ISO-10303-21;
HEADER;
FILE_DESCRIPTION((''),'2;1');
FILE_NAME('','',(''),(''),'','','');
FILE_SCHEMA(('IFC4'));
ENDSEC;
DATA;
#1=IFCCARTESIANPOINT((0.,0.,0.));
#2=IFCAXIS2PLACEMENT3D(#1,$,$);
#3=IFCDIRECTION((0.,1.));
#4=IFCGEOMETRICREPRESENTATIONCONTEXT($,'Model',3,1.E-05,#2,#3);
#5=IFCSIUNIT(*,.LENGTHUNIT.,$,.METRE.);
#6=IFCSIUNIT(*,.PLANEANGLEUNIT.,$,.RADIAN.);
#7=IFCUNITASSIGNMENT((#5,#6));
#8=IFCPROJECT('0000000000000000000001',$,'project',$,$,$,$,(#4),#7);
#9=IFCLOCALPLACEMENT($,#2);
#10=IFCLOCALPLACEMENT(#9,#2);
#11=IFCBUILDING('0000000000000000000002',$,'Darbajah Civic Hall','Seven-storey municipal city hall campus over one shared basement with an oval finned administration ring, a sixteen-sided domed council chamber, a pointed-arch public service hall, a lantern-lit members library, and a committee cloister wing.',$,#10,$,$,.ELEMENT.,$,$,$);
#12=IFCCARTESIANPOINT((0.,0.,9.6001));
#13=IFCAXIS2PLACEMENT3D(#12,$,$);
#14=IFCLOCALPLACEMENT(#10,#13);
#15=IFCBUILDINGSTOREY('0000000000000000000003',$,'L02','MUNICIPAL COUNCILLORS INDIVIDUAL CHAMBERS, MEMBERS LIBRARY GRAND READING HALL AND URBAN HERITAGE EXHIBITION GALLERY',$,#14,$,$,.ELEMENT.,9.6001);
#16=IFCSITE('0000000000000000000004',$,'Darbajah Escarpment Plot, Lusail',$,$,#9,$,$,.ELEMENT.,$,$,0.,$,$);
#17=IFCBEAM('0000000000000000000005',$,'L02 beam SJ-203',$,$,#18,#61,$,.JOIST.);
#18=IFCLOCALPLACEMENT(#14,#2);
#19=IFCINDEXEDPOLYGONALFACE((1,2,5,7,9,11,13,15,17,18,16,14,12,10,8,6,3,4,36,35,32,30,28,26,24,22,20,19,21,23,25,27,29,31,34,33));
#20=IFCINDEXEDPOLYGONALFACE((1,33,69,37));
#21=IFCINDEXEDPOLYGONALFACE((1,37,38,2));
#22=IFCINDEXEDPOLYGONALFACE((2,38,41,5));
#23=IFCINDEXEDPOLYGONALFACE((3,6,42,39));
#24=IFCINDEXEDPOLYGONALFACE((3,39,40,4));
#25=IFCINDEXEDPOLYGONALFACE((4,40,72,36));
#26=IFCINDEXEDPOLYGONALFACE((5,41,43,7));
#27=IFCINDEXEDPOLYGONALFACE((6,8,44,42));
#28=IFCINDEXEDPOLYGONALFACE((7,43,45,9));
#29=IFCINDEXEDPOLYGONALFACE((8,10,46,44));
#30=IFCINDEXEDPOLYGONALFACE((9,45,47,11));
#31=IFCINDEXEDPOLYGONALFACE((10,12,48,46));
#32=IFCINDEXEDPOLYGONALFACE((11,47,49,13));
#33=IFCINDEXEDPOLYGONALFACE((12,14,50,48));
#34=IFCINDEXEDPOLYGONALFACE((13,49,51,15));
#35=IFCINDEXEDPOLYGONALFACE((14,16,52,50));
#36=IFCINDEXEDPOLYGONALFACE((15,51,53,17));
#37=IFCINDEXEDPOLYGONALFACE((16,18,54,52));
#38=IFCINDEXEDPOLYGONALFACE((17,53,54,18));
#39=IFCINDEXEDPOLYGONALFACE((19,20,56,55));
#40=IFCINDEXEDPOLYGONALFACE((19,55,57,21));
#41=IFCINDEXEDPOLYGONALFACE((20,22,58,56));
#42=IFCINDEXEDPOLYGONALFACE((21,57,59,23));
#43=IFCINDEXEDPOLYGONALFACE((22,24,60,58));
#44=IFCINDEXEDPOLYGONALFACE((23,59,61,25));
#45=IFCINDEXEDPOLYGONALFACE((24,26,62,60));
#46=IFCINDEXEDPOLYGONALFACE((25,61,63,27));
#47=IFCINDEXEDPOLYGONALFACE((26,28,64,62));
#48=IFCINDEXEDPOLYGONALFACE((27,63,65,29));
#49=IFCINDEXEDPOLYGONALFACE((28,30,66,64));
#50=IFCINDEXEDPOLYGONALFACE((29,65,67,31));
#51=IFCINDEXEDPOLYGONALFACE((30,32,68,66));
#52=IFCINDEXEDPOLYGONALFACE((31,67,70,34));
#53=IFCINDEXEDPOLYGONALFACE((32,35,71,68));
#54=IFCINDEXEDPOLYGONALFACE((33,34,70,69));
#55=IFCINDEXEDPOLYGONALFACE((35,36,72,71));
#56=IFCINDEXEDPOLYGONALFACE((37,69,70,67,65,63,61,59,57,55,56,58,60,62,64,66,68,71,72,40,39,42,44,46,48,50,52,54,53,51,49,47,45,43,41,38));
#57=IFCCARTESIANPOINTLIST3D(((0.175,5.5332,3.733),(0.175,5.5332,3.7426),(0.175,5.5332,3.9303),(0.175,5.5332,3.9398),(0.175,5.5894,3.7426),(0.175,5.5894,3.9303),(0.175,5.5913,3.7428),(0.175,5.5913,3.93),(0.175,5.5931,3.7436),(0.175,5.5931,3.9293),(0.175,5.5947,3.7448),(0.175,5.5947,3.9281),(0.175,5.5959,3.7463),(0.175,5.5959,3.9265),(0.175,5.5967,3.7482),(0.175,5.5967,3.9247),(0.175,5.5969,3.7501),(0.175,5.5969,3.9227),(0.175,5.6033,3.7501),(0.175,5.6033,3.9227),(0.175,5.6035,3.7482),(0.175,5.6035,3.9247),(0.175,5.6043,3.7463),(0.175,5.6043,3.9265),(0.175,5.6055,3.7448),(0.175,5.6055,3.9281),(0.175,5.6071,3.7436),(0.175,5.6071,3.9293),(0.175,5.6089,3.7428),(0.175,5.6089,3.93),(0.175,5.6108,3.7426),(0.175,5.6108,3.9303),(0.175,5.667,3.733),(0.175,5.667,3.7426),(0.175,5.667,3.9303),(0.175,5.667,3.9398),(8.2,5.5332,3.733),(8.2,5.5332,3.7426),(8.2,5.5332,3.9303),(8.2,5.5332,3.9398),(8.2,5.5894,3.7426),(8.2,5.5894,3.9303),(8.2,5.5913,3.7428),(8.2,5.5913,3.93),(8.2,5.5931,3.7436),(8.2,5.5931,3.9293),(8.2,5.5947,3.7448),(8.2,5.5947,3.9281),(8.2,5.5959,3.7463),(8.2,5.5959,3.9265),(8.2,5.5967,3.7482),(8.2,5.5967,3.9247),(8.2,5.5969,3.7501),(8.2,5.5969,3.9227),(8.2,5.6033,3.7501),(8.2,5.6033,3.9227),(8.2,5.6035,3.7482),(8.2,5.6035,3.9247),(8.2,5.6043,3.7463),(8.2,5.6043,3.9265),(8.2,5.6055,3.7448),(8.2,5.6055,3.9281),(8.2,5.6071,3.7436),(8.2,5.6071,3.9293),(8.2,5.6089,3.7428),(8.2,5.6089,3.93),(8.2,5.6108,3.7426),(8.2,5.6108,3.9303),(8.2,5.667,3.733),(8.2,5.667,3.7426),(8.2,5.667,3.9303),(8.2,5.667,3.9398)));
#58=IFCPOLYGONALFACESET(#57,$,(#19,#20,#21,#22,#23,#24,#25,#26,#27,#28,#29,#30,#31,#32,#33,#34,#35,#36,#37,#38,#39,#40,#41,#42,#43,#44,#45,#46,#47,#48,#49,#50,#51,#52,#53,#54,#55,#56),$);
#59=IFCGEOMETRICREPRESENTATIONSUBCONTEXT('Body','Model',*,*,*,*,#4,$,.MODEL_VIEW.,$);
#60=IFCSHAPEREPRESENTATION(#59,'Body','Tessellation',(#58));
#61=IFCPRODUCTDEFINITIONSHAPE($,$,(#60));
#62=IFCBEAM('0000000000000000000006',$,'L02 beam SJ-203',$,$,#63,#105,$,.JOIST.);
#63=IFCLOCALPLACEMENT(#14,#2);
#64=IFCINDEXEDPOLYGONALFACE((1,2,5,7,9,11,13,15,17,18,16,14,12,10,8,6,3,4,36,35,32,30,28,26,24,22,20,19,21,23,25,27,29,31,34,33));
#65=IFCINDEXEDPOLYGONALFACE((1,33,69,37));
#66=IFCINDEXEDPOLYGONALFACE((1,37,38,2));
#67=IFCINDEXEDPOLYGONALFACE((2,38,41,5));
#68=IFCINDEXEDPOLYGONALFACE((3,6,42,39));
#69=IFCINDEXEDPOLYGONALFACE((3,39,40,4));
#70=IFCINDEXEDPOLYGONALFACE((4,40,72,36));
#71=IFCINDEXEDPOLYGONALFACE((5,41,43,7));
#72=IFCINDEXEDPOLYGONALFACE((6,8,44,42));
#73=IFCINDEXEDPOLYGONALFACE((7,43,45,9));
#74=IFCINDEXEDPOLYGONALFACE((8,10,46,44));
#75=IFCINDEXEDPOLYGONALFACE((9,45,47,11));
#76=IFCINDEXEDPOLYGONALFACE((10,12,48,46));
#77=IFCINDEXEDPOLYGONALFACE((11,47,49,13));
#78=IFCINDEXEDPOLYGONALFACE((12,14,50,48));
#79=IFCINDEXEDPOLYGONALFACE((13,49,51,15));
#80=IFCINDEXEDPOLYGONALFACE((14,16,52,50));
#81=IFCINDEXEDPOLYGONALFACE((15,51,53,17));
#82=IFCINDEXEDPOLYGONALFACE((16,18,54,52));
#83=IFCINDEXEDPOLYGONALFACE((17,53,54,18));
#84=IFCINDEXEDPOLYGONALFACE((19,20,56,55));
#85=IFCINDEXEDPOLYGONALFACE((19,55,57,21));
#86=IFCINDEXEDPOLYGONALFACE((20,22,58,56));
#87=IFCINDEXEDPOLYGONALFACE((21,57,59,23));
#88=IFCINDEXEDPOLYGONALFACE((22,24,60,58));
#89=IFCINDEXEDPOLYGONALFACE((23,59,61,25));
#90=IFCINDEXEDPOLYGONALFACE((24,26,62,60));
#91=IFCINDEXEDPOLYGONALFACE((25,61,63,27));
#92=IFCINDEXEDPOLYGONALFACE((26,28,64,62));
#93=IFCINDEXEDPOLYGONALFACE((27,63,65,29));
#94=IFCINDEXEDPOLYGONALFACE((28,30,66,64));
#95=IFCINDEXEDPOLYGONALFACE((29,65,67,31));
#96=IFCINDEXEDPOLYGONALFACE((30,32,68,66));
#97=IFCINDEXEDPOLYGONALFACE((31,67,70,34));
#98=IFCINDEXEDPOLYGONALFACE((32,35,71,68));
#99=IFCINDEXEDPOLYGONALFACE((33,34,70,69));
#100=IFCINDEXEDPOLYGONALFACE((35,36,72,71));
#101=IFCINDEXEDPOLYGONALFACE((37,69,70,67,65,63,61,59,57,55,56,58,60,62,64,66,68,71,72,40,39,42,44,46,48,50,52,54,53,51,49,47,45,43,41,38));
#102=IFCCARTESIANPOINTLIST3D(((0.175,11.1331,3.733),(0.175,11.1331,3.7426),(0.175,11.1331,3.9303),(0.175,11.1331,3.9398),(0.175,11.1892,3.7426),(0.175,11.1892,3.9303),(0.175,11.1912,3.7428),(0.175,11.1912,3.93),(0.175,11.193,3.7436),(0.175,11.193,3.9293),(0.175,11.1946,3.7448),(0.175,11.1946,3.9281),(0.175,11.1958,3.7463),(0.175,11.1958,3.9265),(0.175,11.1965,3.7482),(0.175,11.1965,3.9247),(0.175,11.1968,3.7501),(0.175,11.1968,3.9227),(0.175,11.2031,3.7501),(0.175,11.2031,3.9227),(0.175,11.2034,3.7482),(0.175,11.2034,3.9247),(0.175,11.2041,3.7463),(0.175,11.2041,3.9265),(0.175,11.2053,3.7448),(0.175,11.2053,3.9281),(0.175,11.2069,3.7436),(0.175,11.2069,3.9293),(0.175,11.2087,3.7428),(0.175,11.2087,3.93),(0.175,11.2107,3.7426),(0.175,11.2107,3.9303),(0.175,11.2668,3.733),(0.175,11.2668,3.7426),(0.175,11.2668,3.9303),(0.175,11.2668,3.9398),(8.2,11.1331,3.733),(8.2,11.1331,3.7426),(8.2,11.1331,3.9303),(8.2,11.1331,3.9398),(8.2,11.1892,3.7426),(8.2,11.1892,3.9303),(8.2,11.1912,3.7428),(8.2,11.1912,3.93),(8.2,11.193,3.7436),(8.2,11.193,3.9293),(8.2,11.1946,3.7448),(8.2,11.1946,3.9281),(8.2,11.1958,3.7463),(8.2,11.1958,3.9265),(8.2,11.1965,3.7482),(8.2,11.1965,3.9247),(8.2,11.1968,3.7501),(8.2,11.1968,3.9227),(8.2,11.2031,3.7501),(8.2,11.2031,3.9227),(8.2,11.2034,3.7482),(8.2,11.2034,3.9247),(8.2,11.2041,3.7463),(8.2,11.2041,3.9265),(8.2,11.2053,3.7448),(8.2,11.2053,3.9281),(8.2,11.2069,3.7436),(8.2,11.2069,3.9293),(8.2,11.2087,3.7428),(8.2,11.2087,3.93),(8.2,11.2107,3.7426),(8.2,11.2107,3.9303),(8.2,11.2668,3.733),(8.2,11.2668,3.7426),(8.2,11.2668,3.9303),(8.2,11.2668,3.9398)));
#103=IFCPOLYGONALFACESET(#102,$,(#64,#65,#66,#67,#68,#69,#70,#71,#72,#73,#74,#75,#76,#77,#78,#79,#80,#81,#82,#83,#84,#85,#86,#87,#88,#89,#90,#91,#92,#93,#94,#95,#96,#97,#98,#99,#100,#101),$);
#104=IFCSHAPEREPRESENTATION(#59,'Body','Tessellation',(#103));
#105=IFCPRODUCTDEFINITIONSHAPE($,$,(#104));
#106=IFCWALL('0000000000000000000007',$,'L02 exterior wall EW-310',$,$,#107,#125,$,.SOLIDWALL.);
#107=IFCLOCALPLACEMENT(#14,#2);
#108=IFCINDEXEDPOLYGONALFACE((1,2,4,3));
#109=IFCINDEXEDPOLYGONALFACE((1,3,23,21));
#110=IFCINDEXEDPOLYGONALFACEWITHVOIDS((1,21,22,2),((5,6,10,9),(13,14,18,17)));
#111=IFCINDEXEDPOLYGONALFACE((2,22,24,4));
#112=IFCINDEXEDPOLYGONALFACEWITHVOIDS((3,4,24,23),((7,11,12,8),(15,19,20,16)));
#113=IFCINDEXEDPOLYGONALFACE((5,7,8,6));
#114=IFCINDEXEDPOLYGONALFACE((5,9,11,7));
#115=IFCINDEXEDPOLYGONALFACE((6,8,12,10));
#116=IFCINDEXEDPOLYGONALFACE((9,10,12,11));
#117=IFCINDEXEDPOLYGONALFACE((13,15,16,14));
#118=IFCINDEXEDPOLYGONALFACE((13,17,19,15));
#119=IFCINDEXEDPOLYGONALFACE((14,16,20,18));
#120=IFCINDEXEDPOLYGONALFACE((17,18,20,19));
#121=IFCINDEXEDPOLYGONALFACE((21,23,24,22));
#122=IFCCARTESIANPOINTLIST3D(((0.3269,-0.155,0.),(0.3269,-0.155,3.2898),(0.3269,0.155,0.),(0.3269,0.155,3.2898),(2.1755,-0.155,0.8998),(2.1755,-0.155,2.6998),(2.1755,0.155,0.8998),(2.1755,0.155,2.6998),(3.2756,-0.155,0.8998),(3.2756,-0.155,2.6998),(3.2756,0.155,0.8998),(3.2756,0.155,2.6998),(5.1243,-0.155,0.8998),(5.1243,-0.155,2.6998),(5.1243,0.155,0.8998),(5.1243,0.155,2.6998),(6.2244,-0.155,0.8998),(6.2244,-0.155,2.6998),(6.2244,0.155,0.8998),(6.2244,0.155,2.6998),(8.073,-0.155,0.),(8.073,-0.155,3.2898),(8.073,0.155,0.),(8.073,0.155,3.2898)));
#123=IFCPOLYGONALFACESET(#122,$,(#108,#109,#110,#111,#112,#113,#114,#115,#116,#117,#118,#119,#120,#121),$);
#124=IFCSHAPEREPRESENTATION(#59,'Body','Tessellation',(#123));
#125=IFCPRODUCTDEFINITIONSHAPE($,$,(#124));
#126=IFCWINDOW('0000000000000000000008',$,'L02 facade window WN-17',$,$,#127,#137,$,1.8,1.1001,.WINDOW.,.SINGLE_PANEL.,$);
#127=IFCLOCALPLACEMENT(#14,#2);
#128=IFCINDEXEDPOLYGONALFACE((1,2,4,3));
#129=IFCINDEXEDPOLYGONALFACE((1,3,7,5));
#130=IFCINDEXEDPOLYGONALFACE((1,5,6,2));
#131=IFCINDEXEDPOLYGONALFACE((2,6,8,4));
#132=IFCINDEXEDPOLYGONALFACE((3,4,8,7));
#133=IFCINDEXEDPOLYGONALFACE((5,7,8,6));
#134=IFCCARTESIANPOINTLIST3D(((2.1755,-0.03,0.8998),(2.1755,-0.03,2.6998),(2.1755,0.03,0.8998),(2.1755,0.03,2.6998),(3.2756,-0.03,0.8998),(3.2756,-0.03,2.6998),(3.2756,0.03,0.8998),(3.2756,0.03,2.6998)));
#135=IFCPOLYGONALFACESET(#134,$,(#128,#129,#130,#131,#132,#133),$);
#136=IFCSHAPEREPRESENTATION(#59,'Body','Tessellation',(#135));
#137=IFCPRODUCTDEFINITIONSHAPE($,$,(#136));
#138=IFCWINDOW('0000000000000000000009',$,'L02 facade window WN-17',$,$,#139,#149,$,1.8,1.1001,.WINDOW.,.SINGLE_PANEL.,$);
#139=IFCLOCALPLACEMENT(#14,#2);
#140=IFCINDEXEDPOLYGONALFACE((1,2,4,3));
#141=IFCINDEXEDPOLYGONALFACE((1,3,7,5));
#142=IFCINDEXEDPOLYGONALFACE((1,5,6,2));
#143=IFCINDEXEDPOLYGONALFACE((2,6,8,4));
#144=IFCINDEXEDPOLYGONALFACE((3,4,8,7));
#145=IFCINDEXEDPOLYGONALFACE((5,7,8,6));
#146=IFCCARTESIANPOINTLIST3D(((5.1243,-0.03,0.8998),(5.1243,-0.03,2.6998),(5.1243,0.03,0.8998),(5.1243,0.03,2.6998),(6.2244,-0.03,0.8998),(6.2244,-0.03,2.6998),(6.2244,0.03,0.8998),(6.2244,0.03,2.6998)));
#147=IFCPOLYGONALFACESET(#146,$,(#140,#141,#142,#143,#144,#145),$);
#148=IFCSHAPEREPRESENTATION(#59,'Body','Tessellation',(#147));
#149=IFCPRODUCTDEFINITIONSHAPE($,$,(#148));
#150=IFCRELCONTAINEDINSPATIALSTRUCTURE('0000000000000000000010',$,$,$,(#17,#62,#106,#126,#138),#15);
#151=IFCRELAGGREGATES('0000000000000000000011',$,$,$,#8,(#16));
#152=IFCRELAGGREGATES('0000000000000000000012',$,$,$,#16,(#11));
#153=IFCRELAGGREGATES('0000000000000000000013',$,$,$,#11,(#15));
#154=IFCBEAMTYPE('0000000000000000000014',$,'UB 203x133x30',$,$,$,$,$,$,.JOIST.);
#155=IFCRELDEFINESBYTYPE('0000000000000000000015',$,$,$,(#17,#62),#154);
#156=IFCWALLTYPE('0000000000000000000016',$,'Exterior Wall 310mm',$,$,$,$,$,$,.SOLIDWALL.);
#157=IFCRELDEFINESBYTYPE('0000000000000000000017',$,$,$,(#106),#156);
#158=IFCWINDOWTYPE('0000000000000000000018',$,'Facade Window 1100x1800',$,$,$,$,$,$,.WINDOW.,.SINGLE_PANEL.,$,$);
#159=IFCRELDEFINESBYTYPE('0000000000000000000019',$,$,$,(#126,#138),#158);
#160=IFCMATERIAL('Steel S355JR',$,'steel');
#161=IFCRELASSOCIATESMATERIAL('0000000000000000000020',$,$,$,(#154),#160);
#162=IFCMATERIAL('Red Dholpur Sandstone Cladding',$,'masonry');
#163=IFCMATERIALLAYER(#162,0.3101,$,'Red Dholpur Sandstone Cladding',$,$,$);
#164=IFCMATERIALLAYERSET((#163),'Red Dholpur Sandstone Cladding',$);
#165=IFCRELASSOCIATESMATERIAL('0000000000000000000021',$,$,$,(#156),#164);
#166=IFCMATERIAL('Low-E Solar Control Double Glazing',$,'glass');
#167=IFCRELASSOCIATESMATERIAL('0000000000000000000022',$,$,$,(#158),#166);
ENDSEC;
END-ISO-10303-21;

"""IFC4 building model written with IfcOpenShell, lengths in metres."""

from ifc_helpers import new_model, si_unit, direction, frame, frame_2d, origin, origin_2d, place, context, subcontext, project, spatial, rectangle, i_section, extrude, material, layer, layer_set, material_profile, profile_set, type_object, element, fill, save


model = new_model("IFC4")

# Units and contexts
model_context = context("Model", 3, precision=1e-05, world=origin(), true_north=direction((0.0, 1.0)))
body_context = subcontext(model_context, "Body", "Model", "MODEL_VIEW")
ifc_project = project(units=[si_unit("LENGTHUNIT", "METRE"), si_unit("PLANEANGLEUNIT", "RADIAN")], contexts=[model_context])

# Site, building, storey
site_placement = place(None, origin())
site = spatial("IfcSite", under=ifc_project, at=site_placement, Name="Darbajah Escarpment Plot, Lusail", CompositionType="ELEMENT", RefElevation=0.0)
building_placement = place(site_placement, origin())
building = spatial("IfcBuilding", under=site, at=building_placement, Name="Darbajah Civic Hall", Description="Seven-storey municipal city hall campus over one shared basement with an oval finned administration ring, a sixteen-sided domed council chamber, a pointed-arch public service hall, a lantern-lit members library, and a committee cloister wing.", CompositionType="ELEMENT")
storey_placement = place(building_placement, frame((0.0, 0.0, 9.6001)))
storey = spatial("IfcBuildingStorey", under=building, at=storey_placement, Name="L02", Description="MUNICIPAL COUNCILLORS INDIVIDUAL CHAMBERS, MEMBERS LIBRARY GRAND READING HALL AND URBAN HERITAGE EXHIBITION GALLERY", CompositionType="ELEMENT", Elevation=9.6001)

# Beams
ifc_material_1 = material(Name="Steel S355JR", Category="steel")
ifc_material_profile_1 = material_profile(ifc_material_1, i_section(OverallWidth=0.1338, OverallDepth=0.2068, WebThickness=0.0063, FlangeThickness=0.0095, FilletRadius=0.0076, at=origin_2d()), Name="UB 203x133x30")
ifc_profile_set_1 = profile_set([ifc_material_profile_1], Name="Steel S355JR")
beam_type_1 = type_object("IfcBeamType", Name="UB 203x133x30", PredefinedType="JOIST", material=ifc_profile_set_1)
for number, where, z_axis, x_axis, name in (
    (1, (0.175, 5.6001, 3.8364), (1.0, 0.0, 0.0), (0.0, 1.0, 0.0), "L02 beam SJ-203"),
    (2, (0.175, 11.2, 3.8364), (1.0, 0.0, 0.0), (0.0, 1.0, 0.0), "L02 beam SJ-203"),
):
    element("IfcBeam", number, at=place(storey_placement, frame(where, z_axis=z_axis, x_axis=x_axis)), inside=storey, type_object=beam_type_1, Name=name, PredefinedType="JOIST", context=body_context, shape_type="SweptSolid", body=[
        extrude(i_section(OverallWidth=0.1338, OverallDepth=0.2068, WebThickness=0.0063, FlangeThickness=0.0095, FilletRadius=0.0076, at=origin_2d()), origin(), (0.0, 0.0, 1.0), 8.0249),
    ])

# Wall, openings, windows
ifc_material_2 = material(Name="Red Dholpur Sandstone Cladding", Category="masonry")
ifc_layer_1 = layer(ifc_material_2, 0.3101, Name="Red Dholpur Sandstone Cladding")
ifc_layer_set_1 = layer_set([ifc_layer_1], Name="Red Dholpur Sandstone Cladding")
wall_type = type_object("IfcWallType", Name="Exterior Wall 310mm", PredefinedType="SOLIDWALL", material=ifc_layer_set_1)
wall_1_placement = place(storey_placement, frame((0.3269, 0.0, 0.0), z_axis=(0.0, 0.0, 1.0), x_axis=(1.0, 0.0, 0.0)))
wall_1 = element("IfcWall", 3, at=wall_1_placement, inside=storey, type_object=wall_type, Name="L02 exterior wall EW-310", PredefinedType="SOLIDWALL", context=body_context, shape_type="SweptSolid", body=[
    extrude(rectangle(XDim=7.7461, YDim=0.3101, at=frame_2d((3.873, 0.0))), origin(), (0.0, 0.0, 1.0), 3.2898),
])
opening_1_placement = place(wall_1_placement, frame((1.8486, 0.0, 0.8999)))
opening_1 = element("IfcOpeningElement", 4, at=opening_1_placement, cuts=wall_1, PredefinedType="OPENING", context=body_context, shape_type="SweptSolid", body=[
    extrude(rectangle(XDim=1.1001, YDim=1.8, at=frame_2d((0.55, 0.8999))), frame((0.0, 0.165, 0.0), z_axis=(0.0, -1.0, 0.0), x_axis=(1.0, 0.0, 0.0)), (0.0, 0.0, 1.0), 0.3301),
])
opening_2_placement = place(wall_1_placement, frame((4.7974, 0.0, 0.8999)))
opening_2 = element("IfcOpeningElement", 5, at=opening_2_placement, cuts=wall_1, PredefinedType="OPENING", context=body_context, shape_type="SweptSolid", body=[
    extrude(rectangle(XDim=1.1001, YDim=1.8, at=frame_2d((0.55, 0.8999))), frame((0.0, 0.165, 0.0), z_axis=(0.0, -1.0, 0.0), x_axis=(1.0, 0.0, 0.0)), (0.0, 0.0, 1.0), 0.3301),
])
ifc_material_3 = material(Name="Low-E Solar Control Double Glazing", Category="glass")
window_type = type_object("IfcWindowType", Name="Facade Window 1100x1800", PartitioningType="SINGLE_PANEL", PredefinedType="WINDOW", material=ifc_material_3)
window_1_placement = place(opening_1_placement, origin())
window_1 = element("IfcWindow", 6, at=window_1_placement, inside=storey, type_object=window_type, Name="L02 facade window WN-17", OverallHeight=1.8, OverallWidth=1.1001, PartitioningType="SINGLE_PANEL", PredefinedType="WINDOW", context=body_context, shape_type="SweptSolid", body=[
    extrude(rectangle(XDim=1.1001, YDim=1.8, at=frame_2d((0.55, 0.8999))), frame((0.0, 0.03, 0.0), z_axis=(0.0, -1.0, 0.0), x_axis=(1.0, 0.0, 0.0)), (0.0, 0.0, 1.0), 0.0601),
])
fill(opening_1, window_1)
window_2_placement = place(opening_2_placement, origin())
window_2 = element("IfcWindow", 7, at=window_2_placement, inside=storey, type_object=window_type, Name="L02 facade window WN-17", OverallHeight=1.8, OverallWidth=1.1001, PartitioningType="SINGLE_PANEL", PredefinedType="WINDOW", context=body_context, shape_type="SweptSolid", body=[
    extrude(rectangle(XDim=1.1001, YDim=1.8, at=frame_2d((0.55, 0.8999))), frame((0.0, 0.03, 0.0), z_axis=(0.0, -1.0, 0.0), x_axis=(1.0, 0.0, 0.0)), (0.0, 0.0, 1.0), 0.0601),
])
fill(opening_2, window_2)

save(model, "model.ifc")
